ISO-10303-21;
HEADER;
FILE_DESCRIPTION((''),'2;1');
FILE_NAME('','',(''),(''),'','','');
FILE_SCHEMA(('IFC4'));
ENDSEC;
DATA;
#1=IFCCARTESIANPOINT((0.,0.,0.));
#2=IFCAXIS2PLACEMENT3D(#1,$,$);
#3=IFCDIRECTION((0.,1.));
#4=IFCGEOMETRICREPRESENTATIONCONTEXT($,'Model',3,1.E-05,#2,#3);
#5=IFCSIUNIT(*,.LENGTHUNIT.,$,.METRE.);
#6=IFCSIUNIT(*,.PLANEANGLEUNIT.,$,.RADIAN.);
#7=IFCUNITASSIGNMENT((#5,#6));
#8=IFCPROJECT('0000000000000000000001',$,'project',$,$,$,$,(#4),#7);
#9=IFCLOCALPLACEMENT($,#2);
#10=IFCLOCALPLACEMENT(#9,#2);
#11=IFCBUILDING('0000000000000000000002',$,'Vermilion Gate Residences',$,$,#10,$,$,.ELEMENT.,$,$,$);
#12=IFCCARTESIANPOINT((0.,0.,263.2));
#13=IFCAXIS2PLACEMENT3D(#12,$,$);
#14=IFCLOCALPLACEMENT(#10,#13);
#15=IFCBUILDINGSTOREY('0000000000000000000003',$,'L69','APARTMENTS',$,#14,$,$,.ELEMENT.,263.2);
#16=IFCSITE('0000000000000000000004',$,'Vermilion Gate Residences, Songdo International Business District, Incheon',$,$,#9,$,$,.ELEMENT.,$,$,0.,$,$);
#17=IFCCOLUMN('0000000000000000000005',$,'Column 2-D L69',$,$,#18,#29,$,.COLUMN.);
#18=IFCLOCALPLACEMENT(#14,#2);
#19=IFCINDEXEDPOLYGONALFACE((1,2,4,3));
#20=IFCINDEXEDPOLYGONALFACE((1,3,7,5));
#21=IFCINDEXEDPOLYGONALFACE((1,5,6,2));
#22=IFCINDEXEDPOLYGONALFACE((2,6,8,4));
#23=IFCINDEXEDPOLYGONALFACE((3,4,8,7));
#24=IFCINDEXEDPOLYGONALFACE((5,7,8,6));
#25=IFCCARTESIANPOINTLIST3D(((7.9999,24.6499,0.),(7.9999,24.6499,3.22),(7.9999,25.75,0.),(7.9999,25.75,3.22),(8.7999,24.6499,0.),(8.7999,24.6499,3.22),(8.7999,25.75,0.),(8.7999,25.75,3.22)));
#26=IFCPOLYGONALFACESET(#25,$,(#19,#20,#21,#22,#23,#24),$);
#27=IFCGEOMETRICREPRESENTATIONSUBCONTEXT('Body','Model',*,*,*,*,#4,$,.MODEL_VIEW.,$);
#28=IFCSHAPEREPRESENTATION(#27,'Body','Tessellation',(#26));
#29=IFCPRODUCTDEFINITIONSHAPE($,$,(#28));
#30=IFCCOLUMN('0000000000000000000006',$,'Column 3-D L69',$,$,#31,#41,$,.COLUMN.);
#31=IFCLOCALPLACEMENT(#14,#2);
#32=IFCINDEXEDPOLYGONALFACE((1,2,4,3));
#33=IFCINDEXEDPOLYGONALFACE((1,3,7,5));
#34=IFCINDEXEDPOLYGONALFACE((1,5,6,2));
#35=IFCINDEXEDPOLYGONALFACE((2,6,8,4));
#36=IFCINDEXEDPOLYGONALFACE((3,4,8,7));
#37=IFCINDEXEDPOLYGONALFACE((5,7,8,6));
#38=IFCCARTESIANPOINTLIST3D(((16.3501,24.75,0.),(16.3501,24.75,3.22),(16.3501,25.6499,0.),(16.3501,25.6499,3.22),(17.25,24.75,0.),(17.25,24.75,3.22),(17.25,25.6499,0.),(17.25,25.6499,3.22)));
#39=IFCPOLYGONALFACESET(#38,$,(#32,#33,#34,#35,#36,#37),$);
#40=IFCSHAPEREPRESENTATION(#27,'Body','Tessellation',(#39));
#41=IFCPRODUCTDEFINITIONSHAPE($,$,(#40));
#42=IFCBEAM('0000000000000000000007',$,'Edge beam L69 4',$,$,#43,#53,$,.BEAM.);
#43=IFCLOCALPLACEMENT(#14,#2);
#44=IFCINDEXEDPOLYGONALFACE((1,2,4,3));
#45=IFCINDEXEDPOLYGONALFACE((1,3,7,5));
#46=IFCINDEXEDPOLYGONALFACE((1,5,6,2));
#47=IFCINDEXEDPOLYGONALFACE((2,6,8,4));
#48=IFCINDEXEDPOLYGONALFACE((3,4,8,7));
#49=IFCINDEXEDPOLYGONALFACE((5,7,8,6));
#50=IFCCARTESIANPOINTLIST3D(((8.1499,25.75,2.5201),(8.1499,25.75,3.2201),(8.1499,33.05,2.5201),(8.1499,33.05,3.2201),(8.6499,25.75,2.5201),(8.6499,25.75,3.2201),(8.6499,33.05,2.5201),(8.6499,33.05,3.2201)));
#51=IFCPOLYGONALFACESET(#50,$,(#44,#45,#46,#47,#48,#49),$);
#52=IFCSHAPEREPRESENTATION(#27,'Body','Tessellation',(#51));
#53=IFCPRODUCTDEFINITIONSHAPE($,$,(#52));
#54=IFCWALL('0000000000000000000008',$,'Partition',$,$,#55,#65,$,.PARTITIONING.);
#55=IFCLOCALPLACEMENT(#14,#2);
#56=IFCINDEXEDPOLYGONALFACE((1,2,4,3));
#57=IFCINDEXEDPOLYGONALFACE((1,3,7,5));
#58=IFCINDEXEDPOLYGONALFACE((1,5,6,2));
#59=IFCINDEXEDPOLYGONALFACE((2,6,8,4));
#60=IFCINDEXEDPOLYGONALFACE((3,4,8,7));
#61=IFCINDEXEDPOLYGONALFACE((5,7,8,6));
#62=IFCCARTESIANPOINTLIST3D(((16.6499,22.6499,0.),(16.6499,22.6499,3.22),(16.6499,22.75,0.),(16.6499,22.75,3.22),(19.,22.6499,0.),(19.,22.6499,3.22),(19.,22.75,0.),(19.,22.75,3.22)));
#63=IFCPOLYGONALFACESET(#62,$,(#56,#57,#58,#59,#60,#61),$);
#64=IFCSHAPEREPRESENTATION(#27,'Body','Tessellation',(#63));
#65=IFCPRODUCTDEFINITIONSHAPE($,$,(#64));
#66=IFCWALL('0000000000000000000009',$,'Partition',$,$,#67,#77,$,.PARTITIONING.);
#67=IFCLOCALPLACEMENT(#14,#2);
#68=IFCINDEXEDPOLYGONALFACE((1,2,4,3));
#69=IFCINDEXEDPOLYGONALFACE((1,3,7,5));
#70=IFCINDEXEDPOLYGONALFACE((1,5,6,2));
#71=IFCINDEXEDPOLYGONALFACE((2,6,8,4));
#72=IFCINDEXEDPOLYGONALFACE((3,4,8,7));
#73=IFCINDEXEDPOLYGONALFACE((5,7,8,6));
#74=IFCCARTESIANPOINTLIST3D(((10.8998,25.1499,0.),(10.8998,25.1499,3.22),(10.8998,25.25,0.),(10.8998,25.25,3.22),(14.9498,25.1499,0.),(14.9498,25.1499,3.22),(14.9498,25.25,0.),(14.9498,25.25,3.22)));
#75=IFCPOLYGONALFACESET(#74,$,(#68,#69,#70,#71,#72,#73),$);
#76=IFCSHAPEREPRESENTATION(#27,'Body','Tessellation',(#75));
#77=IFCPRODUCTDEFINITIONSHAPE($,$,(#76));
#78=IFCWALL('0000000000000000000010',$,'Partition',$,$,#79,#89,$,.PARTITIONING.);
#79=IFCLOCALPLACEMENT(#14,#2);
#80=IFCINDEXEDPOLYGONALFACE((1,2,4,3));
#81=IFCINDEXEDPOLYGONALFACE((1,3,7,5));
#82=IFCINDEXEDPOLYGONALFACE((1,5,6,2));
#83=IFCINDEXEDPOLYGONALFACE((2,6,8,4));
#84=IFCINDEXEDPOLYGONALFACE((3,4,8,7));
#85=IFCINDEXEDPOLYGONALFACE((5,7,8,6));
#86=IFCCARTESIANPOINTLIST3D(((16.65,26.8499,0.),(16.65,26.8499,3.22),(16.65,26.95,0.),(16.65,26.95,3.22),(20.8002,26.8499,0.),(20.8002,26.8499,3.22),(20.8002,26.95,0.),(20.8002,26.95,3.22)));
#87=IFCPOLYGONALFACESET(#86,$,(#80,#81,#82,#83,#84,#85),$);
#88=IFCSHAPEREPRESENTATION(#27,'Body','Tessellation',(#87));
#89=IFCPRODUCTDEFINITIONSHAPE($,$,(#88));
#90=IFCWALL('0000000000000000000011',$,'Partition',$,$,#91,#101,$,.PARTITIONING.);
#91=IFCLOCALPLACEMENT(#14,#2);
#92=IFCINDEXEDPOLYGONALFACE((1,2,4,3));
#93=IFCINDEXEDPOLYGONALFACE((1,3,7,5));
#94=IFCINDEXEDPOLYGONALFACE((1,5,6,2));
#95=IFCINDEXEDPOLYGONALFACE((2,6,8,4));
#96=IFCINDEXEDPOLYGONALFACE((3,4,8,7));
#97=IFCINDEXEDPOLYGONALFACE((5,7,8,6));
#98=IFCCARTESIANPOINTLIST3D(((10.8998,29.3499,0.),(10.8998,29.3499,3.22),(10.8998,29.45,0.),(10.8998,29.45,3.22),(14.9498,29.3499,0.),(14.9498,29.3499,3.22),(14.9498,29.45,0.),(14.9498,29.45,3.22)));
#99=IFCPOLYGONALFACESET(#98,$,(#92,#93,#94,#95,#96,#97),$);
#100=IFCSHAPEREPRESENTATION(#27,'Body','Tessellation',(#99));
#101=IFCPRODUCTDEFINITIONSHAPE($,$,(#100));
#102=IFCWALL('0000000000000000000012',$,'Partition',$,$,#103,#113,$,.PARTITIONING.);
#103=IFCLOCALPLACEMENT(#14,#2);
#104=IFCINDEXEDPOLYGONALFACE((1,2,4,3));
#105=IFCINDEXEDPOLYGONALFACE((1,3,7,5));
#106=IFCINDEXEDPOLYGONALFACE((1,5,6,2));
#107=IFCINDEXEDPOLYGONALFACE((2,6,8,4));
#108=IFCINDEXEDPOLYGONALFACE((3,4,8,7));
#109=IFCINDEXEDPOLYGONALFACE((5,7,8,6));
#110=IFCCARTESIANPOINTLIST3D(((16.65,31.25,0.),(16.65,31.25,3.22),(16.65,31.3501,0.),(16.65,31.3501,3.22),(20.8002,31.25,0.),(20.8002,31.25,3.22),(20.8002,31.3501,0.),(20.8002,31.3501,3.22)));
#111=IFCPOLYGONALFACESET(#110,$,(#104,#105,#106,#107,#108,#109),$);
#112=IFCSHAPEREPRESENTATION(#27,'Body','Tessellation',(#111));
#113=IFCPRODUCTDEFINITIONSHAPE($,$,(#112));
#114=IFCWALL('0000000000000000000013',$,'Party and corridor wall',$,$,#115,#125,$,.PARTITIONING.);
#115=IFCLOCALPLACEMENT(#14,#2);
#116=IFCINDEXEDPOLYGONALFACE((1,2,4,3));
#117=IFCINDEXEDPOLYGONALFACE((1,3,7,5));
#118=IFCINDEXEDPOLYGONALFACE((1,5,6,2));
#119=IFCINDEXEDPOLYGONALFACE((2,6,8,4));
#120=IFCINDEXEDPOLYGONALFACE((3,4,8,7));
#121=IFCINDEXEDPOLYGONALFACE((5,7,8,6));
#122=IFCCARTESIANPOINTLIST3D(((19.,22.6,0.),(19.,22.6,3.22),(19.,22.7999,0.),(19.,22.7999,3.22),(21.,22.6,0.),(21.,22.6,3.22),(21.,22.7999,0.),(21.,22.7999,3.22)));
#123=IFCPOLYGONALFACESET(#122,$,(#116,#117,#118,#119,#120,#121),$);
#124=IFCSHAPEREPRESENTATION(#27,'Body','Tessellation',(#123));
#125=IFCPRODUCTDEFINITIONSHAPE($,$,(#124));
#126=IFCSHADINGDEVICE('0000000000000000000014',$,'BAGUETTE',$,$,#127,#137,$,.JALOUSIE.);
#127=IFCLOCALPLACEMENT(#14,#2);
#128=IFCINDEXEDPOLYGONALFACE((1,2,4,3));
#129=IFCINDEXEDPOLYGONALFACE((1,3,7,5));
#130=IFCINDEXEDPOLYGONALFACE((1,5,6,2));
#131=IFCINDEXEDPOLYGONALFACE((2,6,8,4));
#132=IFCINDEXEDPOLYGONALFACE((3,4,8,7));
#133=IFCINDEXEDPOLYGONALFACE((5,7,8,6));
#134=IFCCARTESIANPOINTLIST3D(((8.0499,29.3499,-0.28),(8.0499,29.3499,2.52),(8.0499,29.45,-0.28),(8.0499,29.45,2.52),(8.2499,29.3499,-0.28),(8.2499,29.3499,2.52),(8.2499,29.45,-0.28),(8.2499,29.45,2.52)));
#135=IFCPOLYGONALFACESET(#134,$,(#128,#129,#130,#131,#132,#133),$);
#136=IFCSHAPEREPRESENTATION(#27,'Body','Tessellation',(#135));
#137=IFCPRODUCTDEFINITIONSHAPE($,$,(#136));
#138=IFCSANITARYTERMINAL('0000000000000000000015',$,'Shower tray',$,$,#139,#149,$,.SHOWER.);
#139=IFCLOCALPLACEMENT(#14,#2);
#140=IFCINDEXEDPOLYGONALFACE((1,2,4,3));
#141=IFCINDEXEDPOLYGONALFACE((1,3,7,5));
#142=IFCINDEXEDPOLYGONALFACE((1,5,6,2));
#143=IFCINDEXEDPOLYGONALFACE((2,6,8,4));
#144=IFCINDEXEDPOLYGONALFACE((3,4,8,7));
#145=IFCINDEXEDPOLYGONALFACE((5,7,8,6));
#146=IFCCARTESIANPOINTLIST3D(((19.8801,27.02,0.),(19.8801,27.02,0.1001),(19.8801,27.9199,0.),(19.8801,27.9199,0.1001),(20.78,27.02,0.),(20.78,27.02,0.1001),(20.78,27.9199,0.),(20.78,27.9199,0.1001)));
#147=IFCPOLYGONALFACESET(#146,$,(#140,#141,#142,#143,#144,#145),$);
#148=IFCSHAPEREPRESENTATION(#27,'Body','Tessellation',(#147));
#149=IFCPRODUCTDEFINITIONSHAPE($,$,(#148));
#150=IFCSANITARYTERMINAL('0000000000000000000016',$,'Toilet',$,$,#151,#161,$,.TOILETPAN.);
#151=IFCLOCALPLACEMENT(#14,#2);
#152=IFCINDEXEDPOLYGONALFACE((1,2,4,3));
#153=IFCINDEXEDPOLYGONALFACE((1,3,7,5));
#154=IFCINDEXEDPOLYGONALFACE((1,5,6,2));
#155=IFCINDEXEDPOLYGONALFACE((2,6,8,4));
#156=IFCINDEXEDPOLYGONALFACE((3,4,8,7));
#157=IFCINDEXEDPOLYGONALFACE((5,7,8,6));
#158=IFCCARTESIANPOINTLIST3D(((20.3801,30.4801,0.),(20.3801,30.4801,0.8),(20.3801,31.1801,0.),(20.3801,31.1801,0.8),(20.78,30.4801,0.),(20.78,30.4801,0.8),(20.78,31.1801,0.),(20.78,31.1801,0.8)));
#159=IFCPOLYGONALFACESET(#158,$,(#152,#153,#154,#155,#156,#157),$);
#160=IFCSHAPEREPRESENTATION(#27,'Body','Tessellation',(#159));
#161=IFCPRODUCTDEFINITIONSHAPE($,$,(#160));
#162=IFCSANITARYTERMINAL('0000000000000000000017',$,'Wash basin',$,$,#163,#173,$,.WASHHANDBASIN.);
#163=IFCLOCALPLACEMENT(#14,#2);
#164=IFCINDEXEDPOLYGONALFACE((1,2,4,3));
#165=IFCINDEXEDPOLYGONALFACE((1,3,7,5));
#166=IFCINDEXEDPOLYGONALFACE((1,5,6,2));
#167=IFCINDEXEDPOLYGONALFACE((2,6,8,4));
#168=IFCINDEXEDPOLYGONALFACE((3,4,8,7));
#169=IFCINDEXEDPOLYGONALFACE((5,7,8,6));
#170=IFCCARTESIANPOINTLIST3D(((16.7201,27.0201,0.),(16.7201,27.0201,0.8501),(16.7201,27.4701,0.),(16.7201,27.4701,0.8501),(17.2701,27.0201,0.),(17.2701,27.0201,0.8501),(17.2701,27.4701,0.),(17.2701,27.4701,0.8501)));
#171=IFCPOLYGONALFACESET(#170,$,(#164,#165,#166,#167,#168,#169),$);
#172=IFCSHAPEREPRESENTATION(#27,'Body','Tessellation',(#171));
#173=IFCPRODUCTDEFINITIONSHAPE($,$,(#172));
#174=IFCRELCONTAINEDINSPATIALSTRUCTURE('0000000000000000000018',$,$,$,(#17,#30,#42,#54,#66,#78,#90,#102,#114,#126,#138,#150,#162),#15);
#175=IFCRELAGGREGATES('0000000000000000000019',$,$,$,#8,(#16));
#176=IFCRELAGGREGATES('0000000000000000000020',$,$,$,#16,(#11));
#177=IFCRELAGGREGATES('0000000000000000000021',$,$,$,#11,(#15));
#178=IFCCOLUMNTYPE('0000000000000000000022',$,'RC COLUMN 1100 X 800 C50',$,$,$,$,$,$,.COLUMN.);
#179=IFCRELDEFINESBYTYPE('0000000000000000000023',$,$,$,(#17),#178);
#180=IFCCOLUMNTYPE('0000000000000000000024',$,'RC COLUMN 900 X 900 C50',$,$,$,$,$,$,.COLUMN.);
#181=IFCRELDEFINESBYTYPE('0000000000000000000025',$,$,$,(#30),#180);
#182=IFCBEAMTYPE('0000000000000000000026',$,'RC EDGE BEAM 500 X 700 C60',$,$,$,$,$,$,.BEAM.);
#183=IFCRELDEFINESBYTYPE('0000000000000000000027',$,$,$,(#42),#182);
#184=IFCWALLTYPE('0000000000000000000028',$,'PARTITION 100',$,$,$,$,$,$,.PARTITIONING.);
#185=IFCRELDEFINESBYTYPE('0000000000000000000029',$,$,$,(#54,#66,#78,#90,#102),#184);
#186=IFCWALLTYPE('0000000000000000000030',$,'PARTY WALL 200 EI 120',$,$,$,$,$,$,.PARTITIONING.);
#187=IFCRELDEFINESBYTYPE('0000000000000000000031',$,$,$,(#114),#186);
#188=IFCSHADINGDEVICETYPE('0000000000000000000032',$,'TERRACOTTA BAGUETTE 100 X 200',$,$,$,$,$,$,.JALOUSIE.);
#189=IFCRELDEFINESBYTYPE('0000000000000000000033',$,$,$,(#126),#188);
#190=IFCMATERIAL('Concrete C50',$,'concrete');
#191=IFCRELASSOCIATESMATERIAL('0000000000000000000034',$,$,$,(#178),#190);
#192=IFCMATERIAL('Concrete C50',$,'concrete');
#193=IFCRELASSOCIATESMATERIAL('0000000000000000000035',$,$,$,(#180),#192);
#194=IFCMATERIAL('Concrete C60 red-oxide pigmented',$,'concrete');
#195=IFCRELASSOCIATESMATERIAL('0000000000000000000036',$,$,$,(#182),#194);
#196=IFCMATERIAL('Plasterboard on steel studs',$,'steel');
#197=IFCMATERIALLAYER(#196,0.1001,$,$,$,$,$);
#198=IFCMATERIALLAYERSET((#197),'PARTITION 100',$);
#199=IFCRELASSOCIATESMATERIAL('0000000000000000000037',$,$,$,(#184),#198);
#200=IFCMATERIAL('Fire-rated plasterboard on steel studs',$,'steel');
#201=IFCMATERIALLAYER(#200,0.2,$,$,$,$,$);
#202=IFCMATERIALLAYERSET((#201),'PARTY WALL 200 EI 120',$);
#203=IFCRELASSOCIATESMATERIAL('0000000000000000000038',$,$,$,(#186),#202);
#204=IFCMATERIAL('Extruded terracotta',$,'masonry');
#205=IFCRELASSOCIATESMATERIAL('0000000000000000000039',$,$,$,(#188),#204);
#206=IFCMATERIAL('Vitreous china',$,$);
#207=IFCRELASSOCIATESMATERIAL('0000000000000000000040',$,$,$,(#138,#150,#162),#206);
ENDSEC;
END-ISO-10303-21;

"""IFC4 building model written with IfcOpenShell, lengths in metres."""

from ifc_helpers import new_model, si_unit, direction, frame, frame_2d, origin, origin_2d, place, context, subcontext, project, spatial, rectangle, extrude, material, layer, layer_set, material_profile, profile_set, type_object, element, save


model = new_model("IFC4")

# Units and contexts
model_context = context("Model", 3, precision=1e-05, world=origin(), true_north=direction((0.0, 1.0)))
body_context = subcontext(model_context, "Body", "Model", "MODEL_VIEW")
ifc_project = project(units=[si_unit("LENGTHUNIT", "METRE"), si_unit("PLANEANGLEUNIT", "RADIAN")], contexts=[model_context])

# Site, building, storey
site_placement = place(None, origin())
site = spatial("IfcSite", under=ifc_project, at=site_placement, Name="Vermilion Gate Residences, Songdo International Business District, Incheon", CompositionType="ELEMENT", RefElevation=0.0)
building_placement = place(site_placement, origin())
building = spatial("IfcBuilding", under=site, at=building_placement, Name="Vermilion Gate Residences", CompositionType="ELEMENT")
storey_placement = place(building_placement, frame((0.0, 0.0, 263.2)))
storey = spatial("IfcBuildingStorey", under=building, at=storey_placement, Name="L69", Description="APARTMENTS", CompositionType="ELEMENT", Elevation=263.2)

# Columns
ifc_material_1 = material(Name="Concrete C50", Category="concrete")
ifc_material_profile_1 = material_profile(ifc_material_1, rectangle(XDim=1.1001, YDim=0.8, at=origin_2d()), Name="RC-1100x800")
ifc_profile_set_1 = profile_set([ifc_material_profile_1], Name="Concrete C50")
column_type_1 = type_object("IfcColumnType", Name="RC COLUMN 1100 X 800 C50", PredefinedType="COLUMN", material=ifc_profile_set_1)
column_1_placement = place(storey_placement, frame((8.3999, 25.2, 0.0), z_axis=(0.0, 0.0, 1.0), x_axis=(0.0, 1.0, 0.0)))
element("IfcColumn", 1, at=column_1_placement, inside=storey, type_object=column_type_1, Name="Column 2-D L69", PredefinedType="COLUMN", context=body_context, shape_type="SweptSolid", body=[
    extrude(rectangle(XDim=1.1001, YDim=0.8, at=origin_2d()), origin(), (0.0, 0.0, 1.0), 3.22),
])
ifc_material_2 = material(Name="Concrete C50", Category="concrete")
ifc_material_profile_2 = material_profile(ifc_material_2, rectangle(XDim=0.8999, YDim=0.8999, at=origin_2d()), Name="RC-900x900")
ifc_profile_set_2 = profile_set([ifc_material_profile_2], Name="Concrete C50")
column_type_2 = type_object("IfcColumnType", Name="RC COLUMN 900 X 900 C50", PredefinedType="COLUMN", material=ifc_profile_set_2)
column_2_placement = place(storey_placement, frame((16.8, 25.2, 0.0), z_axis=(0.0, 0.0, 1.0), x_axis=(1.0, 0.0, 0.0)))
element("IfcColumn", 2, at=column_2_placement, inside=storey, type_object=column_type_2, Name="Column 3-D L69", PredefinedType="COLUMN", context=body_context, shape_type="SweptSolid", body=[
    extrude(rectangle(XDim=0.8999, YDim=0.8999, at=origin_2d()), origin(), (0.0, 0.0, 1.0), 3.22),
])

# Beam
ifc_material_3 = material(Name="Concrete C60 red-oxide pigmented", Category="concrete")
ifc_material_profile_3 = material_profile(ifc_material_3, rectangle(XDim=0.5, YDim=0.7, at=origin_2d()), Name="RC-500x700")
ifc_profile_set_3 = profile_set([ifc_material_profile_3], Name="Concrete C60 red-oxide pigmented")
beam_type = type_object("IfcBeamType", Name="RC EDGE BEAM 500 X 700 C60", PredefinedType="BEAM", material=ifc_profile_set_3)
beam_placement = place(storey_placement, frame((8.3999, 25.75, 2.8701), z_axis=(0.0, 1.0, 0.0), x_axis=(-1.0, 0.0, 0.0)))
element("IfcBeam", 3, at=beam_placement, inside=storey, type_object=beam_type, Name="Edge beam L69 4", PredefinedType="BEAM", context=body_context, shape_type="SweptSolid", body=[
    extrude(rectangle(XDim=0.5, YDim=0.7, at=origin_2d()), origin(), (0.0, 0.0, 1.0), 7.3),
])

# Walls
ifc_material_4 = material(Name="Plasterboard on steel studs", Category="steel")
ifc_layer_1 = layer(ifc_material_4, 0.1001)
ifc_layer_set_1 = layer_set([ifc_layer_1], Name="PARTITION 100")
wall_type_1 = type_object("IfcWallType", Name="PARTITION 100", PredefinedType="PARTITIONING", material=ifc_layer_set_1)
wall_1_placement = place(storey_placement, frame((16.6499, 22.7, 0.0), z_axis=(0.0, 0.0, 1.0), x_axis=(1.0, 0.0, 0.0)))
element("IfcWall", 4, at=wall_1_placement, inside=storey, type_object=wall_type_1, Name="Partition", PredefinedType="PARTITIONING", context=body_context, shape_type="SweptSolid", body=[
    extrude(rectangle(XDim=2.3501, YDim=0.1001, at=frame_2d((1.175, 0.0))), origin(), (0.0, 0.0, 1.0), 3.22),
])
wall_2_placement = place(storey_placement, frame((10.8999, 25.2, 0.0), z_axis=(0.0, 0.0, 1.0), x_axis=(1.0, 0.0, 0.0)))
element("IfcWall", 5, at=wall_2_placement, inside=storey, type_object=wall_type_1, Name="Partition", PredefinedType="PARTITIONING", context=body_context, shape_type="SweptSolid", body=[
    extrude(rectangle(XDim=4.05, YDim=0.1001, at=frame_2d((2.0249, 0.0))), origin(), (0.0, 0.0, 1.0), 3.22),
])
wall_3_placement = place(storey_placement, frame((16.6499, 26.8999, 0.0), z_axis=(0.0, 0.0, 1.0), x_axis=(1.0, 0.0, 0.0)))
element("IfcWall", 6, at=wall_3_placement, inside=storey, type_object=wall_type_1, Name="Partition", PredefinedType="PARTITIONING", context=body_context, shape_type="SweptSolid", body=[
    extrude(rectangle(XDim=4.1501, YDim=0.1001, at=frame_2d((2.0752, 0.0))), origin(), (0.0, 0.0, 1.0), 3.22),
])
wall_4_placement = place(storey_placement, frame((10.8999, 29.3999, 0.0), z_axis=(0.0, 0.0, 1.0), x_axis=(1.0, 0.0, 0.0)))
element("IfcWall", 7, at=wall_4_placement, inside=storey, type_object=wall_type_1, Name="Partition", PredefinedType="PARTITIONING", context=body_context, shape_type="SweptSolid", body=[
    extrude(rectangle(XDim=4.05, YDim=0.1001, at=frame_2d((2.0249, 0.0))), origin(), (0.0, 0.0, 1.0), 3.22),
])
wall_5_placement = place(storey_placement, frame((16.6499, 31.3, 0.0), z_axis=(0.0, 0.0, 1.0), x_axis=(1.0, 0.0, 0.0)))
element("IfcWall", 8, at=wall_5_placement, inside=storey, type_object=wall_type_1, Name="Partition", PredefinedType="PARTITIONING", context=body_context, shape_type="SweptSolid", body=[
    extrude(rectangle(XDim=4.1501, YDim=0.1001, at=frame_2d((2.0752, 0.0))), origin(), (0.0, 0.0, 1.0), 3.22),
])
ifc_material_5 = material(Name="Fire-rated plasterboard on steel studs", Category="steel")
ifc_layer_2 = layer(ifc_material_5, 0.2)
ifc_layer_set_2 = layer_set([ifc_layer_2], Name="PARTY WALL 200 EI 120")
wall_type_2 = type_object("IfcWallType", Name="PARTY WALL 200 EI 120", PredefinedType="PARTITIONING", material=ifc_layer_set_2)
wall_6_placement = place(storey_placement, frame((19.0, 22.7, 0.0), z_axis=(0.0, 0.0, 1.0), x_axis=(1.0, 0.0, 0.0)))
element("IfcWall", 9, at=wall_6_placement, inside=storey, type_object=wall_type_2, Name="Party and corridor wall", PredefinedType="PARTITIONING", context=body_context, shape_type="SweptSolid", body=[
    extrude(rectangle(XDim=2.0, YDim=0.2, at=frame_2d((1.0, 0.0))), origin(), (0.0, 0.0, 1.0), 3.22),
])

# Shading device
ifc_material_6 = material(Name="Extruded terracotta", Category="masonry")
ifc_material_profile_4 = material_profile(ifc_material_6, rectangle(XDim=0.2, YDim=0.1001, at=origin_2d()), Name="BAGUETTE 100 X 200")
ifc_profile_set_4 = profile_set([ifc_material_profile_4], Name="Extruded terracotta")
shading_device_type = type_object("IfcShadingDeviceType", Name="TERRACOTTA BAGUETTE 100 X 200", PredefinedType="JALOUSIE", material=ifc_profile_set_4)
shading_device_placement = place(storey_placement, frame((8.1499, 29.3999, -0.28), z_axis=(0.0, 0.0, 1.0), x_axis=(1.0, 0.0, 0.0)))
element("IfcShadingDevice", 10, at=shading_device_placement, inside=storey, type_object=shading_device_type, Name="BAGUETTE", PredefinedType="JALOUSIE", context=body_context, shape_type="SweptSolid", body=[
    extrude(rectangle(XDim=0.2, YDim=0.1001, at=origin_2d()), origin(), (0.0, 0.0, 1.0), 2.8),
])

# Sanitary terminals
ifc_material_7 = material(Name="Vitreous china")
sanitary_terminal_1_placement = place(storey_placement, frame((20.3301, 27.47, 0.0), z_axis=(0.0, 0.0, 1.0), x_axis=(1.0, 0.0, 0.0)))
element("IfcSanitaryTerminal", 11, at=sanitary_terminal_1_placement, inside=storey, material=ifc_material_7, Name="Shower tray", PredefinedType="SHOWER", context=body_context, shape_type="SweptSolid", body=[
    extrude(rectangle(XDim=0.8999, YDim=0.8999, at=origin_2d()), origin(), (0.0, 0.0, 1.0), 0.1001),
])
sanitary_terminal_2_placement = place(storey_placement, frame((20.5801, 30.8301, 0.0), z_axis=(0.0, 0.0, 1.0), x_axis=(1.0, 0.0, 0.0)))
element("IfcSanitaryTerminal", 12, at=sanitary_terminal_2_placement, inside=storey, material=ifc_material_7, Name="Toilet", PredefinedType="TOILETPAN", context=body_context, shape_type="SweptSolid", body=[
    extrude(rectangle(XDim=0.3999, YDim=0.7, at=origin_2d()), origin(), (0.0, 0.0, 1.0), 0.8),
])
sanitary_terminal_3_placement = place(storey_placement, frame((16.9951, 27.2451, 0.0), z_axis=(0.0, 0.0, 1.0), x_axis=(1.0, 0.0, 0.0)))
element("IfcSanitaryTerminal", 13, at=sanitary_terminal_3_placement, inside=storey, material=ifc_material_7, Name="Wash basin", PredefinedType="WASHHANDBASIN", context=body_context, shape_type="SweptSolid", body=[
    extrude(rectangle(XDim=0.55, YDim=0.45, at=origin_2d()), origin(), (0.0, 0.0, 1.0), 0.8501),
])

save(model, "model.ifc")
